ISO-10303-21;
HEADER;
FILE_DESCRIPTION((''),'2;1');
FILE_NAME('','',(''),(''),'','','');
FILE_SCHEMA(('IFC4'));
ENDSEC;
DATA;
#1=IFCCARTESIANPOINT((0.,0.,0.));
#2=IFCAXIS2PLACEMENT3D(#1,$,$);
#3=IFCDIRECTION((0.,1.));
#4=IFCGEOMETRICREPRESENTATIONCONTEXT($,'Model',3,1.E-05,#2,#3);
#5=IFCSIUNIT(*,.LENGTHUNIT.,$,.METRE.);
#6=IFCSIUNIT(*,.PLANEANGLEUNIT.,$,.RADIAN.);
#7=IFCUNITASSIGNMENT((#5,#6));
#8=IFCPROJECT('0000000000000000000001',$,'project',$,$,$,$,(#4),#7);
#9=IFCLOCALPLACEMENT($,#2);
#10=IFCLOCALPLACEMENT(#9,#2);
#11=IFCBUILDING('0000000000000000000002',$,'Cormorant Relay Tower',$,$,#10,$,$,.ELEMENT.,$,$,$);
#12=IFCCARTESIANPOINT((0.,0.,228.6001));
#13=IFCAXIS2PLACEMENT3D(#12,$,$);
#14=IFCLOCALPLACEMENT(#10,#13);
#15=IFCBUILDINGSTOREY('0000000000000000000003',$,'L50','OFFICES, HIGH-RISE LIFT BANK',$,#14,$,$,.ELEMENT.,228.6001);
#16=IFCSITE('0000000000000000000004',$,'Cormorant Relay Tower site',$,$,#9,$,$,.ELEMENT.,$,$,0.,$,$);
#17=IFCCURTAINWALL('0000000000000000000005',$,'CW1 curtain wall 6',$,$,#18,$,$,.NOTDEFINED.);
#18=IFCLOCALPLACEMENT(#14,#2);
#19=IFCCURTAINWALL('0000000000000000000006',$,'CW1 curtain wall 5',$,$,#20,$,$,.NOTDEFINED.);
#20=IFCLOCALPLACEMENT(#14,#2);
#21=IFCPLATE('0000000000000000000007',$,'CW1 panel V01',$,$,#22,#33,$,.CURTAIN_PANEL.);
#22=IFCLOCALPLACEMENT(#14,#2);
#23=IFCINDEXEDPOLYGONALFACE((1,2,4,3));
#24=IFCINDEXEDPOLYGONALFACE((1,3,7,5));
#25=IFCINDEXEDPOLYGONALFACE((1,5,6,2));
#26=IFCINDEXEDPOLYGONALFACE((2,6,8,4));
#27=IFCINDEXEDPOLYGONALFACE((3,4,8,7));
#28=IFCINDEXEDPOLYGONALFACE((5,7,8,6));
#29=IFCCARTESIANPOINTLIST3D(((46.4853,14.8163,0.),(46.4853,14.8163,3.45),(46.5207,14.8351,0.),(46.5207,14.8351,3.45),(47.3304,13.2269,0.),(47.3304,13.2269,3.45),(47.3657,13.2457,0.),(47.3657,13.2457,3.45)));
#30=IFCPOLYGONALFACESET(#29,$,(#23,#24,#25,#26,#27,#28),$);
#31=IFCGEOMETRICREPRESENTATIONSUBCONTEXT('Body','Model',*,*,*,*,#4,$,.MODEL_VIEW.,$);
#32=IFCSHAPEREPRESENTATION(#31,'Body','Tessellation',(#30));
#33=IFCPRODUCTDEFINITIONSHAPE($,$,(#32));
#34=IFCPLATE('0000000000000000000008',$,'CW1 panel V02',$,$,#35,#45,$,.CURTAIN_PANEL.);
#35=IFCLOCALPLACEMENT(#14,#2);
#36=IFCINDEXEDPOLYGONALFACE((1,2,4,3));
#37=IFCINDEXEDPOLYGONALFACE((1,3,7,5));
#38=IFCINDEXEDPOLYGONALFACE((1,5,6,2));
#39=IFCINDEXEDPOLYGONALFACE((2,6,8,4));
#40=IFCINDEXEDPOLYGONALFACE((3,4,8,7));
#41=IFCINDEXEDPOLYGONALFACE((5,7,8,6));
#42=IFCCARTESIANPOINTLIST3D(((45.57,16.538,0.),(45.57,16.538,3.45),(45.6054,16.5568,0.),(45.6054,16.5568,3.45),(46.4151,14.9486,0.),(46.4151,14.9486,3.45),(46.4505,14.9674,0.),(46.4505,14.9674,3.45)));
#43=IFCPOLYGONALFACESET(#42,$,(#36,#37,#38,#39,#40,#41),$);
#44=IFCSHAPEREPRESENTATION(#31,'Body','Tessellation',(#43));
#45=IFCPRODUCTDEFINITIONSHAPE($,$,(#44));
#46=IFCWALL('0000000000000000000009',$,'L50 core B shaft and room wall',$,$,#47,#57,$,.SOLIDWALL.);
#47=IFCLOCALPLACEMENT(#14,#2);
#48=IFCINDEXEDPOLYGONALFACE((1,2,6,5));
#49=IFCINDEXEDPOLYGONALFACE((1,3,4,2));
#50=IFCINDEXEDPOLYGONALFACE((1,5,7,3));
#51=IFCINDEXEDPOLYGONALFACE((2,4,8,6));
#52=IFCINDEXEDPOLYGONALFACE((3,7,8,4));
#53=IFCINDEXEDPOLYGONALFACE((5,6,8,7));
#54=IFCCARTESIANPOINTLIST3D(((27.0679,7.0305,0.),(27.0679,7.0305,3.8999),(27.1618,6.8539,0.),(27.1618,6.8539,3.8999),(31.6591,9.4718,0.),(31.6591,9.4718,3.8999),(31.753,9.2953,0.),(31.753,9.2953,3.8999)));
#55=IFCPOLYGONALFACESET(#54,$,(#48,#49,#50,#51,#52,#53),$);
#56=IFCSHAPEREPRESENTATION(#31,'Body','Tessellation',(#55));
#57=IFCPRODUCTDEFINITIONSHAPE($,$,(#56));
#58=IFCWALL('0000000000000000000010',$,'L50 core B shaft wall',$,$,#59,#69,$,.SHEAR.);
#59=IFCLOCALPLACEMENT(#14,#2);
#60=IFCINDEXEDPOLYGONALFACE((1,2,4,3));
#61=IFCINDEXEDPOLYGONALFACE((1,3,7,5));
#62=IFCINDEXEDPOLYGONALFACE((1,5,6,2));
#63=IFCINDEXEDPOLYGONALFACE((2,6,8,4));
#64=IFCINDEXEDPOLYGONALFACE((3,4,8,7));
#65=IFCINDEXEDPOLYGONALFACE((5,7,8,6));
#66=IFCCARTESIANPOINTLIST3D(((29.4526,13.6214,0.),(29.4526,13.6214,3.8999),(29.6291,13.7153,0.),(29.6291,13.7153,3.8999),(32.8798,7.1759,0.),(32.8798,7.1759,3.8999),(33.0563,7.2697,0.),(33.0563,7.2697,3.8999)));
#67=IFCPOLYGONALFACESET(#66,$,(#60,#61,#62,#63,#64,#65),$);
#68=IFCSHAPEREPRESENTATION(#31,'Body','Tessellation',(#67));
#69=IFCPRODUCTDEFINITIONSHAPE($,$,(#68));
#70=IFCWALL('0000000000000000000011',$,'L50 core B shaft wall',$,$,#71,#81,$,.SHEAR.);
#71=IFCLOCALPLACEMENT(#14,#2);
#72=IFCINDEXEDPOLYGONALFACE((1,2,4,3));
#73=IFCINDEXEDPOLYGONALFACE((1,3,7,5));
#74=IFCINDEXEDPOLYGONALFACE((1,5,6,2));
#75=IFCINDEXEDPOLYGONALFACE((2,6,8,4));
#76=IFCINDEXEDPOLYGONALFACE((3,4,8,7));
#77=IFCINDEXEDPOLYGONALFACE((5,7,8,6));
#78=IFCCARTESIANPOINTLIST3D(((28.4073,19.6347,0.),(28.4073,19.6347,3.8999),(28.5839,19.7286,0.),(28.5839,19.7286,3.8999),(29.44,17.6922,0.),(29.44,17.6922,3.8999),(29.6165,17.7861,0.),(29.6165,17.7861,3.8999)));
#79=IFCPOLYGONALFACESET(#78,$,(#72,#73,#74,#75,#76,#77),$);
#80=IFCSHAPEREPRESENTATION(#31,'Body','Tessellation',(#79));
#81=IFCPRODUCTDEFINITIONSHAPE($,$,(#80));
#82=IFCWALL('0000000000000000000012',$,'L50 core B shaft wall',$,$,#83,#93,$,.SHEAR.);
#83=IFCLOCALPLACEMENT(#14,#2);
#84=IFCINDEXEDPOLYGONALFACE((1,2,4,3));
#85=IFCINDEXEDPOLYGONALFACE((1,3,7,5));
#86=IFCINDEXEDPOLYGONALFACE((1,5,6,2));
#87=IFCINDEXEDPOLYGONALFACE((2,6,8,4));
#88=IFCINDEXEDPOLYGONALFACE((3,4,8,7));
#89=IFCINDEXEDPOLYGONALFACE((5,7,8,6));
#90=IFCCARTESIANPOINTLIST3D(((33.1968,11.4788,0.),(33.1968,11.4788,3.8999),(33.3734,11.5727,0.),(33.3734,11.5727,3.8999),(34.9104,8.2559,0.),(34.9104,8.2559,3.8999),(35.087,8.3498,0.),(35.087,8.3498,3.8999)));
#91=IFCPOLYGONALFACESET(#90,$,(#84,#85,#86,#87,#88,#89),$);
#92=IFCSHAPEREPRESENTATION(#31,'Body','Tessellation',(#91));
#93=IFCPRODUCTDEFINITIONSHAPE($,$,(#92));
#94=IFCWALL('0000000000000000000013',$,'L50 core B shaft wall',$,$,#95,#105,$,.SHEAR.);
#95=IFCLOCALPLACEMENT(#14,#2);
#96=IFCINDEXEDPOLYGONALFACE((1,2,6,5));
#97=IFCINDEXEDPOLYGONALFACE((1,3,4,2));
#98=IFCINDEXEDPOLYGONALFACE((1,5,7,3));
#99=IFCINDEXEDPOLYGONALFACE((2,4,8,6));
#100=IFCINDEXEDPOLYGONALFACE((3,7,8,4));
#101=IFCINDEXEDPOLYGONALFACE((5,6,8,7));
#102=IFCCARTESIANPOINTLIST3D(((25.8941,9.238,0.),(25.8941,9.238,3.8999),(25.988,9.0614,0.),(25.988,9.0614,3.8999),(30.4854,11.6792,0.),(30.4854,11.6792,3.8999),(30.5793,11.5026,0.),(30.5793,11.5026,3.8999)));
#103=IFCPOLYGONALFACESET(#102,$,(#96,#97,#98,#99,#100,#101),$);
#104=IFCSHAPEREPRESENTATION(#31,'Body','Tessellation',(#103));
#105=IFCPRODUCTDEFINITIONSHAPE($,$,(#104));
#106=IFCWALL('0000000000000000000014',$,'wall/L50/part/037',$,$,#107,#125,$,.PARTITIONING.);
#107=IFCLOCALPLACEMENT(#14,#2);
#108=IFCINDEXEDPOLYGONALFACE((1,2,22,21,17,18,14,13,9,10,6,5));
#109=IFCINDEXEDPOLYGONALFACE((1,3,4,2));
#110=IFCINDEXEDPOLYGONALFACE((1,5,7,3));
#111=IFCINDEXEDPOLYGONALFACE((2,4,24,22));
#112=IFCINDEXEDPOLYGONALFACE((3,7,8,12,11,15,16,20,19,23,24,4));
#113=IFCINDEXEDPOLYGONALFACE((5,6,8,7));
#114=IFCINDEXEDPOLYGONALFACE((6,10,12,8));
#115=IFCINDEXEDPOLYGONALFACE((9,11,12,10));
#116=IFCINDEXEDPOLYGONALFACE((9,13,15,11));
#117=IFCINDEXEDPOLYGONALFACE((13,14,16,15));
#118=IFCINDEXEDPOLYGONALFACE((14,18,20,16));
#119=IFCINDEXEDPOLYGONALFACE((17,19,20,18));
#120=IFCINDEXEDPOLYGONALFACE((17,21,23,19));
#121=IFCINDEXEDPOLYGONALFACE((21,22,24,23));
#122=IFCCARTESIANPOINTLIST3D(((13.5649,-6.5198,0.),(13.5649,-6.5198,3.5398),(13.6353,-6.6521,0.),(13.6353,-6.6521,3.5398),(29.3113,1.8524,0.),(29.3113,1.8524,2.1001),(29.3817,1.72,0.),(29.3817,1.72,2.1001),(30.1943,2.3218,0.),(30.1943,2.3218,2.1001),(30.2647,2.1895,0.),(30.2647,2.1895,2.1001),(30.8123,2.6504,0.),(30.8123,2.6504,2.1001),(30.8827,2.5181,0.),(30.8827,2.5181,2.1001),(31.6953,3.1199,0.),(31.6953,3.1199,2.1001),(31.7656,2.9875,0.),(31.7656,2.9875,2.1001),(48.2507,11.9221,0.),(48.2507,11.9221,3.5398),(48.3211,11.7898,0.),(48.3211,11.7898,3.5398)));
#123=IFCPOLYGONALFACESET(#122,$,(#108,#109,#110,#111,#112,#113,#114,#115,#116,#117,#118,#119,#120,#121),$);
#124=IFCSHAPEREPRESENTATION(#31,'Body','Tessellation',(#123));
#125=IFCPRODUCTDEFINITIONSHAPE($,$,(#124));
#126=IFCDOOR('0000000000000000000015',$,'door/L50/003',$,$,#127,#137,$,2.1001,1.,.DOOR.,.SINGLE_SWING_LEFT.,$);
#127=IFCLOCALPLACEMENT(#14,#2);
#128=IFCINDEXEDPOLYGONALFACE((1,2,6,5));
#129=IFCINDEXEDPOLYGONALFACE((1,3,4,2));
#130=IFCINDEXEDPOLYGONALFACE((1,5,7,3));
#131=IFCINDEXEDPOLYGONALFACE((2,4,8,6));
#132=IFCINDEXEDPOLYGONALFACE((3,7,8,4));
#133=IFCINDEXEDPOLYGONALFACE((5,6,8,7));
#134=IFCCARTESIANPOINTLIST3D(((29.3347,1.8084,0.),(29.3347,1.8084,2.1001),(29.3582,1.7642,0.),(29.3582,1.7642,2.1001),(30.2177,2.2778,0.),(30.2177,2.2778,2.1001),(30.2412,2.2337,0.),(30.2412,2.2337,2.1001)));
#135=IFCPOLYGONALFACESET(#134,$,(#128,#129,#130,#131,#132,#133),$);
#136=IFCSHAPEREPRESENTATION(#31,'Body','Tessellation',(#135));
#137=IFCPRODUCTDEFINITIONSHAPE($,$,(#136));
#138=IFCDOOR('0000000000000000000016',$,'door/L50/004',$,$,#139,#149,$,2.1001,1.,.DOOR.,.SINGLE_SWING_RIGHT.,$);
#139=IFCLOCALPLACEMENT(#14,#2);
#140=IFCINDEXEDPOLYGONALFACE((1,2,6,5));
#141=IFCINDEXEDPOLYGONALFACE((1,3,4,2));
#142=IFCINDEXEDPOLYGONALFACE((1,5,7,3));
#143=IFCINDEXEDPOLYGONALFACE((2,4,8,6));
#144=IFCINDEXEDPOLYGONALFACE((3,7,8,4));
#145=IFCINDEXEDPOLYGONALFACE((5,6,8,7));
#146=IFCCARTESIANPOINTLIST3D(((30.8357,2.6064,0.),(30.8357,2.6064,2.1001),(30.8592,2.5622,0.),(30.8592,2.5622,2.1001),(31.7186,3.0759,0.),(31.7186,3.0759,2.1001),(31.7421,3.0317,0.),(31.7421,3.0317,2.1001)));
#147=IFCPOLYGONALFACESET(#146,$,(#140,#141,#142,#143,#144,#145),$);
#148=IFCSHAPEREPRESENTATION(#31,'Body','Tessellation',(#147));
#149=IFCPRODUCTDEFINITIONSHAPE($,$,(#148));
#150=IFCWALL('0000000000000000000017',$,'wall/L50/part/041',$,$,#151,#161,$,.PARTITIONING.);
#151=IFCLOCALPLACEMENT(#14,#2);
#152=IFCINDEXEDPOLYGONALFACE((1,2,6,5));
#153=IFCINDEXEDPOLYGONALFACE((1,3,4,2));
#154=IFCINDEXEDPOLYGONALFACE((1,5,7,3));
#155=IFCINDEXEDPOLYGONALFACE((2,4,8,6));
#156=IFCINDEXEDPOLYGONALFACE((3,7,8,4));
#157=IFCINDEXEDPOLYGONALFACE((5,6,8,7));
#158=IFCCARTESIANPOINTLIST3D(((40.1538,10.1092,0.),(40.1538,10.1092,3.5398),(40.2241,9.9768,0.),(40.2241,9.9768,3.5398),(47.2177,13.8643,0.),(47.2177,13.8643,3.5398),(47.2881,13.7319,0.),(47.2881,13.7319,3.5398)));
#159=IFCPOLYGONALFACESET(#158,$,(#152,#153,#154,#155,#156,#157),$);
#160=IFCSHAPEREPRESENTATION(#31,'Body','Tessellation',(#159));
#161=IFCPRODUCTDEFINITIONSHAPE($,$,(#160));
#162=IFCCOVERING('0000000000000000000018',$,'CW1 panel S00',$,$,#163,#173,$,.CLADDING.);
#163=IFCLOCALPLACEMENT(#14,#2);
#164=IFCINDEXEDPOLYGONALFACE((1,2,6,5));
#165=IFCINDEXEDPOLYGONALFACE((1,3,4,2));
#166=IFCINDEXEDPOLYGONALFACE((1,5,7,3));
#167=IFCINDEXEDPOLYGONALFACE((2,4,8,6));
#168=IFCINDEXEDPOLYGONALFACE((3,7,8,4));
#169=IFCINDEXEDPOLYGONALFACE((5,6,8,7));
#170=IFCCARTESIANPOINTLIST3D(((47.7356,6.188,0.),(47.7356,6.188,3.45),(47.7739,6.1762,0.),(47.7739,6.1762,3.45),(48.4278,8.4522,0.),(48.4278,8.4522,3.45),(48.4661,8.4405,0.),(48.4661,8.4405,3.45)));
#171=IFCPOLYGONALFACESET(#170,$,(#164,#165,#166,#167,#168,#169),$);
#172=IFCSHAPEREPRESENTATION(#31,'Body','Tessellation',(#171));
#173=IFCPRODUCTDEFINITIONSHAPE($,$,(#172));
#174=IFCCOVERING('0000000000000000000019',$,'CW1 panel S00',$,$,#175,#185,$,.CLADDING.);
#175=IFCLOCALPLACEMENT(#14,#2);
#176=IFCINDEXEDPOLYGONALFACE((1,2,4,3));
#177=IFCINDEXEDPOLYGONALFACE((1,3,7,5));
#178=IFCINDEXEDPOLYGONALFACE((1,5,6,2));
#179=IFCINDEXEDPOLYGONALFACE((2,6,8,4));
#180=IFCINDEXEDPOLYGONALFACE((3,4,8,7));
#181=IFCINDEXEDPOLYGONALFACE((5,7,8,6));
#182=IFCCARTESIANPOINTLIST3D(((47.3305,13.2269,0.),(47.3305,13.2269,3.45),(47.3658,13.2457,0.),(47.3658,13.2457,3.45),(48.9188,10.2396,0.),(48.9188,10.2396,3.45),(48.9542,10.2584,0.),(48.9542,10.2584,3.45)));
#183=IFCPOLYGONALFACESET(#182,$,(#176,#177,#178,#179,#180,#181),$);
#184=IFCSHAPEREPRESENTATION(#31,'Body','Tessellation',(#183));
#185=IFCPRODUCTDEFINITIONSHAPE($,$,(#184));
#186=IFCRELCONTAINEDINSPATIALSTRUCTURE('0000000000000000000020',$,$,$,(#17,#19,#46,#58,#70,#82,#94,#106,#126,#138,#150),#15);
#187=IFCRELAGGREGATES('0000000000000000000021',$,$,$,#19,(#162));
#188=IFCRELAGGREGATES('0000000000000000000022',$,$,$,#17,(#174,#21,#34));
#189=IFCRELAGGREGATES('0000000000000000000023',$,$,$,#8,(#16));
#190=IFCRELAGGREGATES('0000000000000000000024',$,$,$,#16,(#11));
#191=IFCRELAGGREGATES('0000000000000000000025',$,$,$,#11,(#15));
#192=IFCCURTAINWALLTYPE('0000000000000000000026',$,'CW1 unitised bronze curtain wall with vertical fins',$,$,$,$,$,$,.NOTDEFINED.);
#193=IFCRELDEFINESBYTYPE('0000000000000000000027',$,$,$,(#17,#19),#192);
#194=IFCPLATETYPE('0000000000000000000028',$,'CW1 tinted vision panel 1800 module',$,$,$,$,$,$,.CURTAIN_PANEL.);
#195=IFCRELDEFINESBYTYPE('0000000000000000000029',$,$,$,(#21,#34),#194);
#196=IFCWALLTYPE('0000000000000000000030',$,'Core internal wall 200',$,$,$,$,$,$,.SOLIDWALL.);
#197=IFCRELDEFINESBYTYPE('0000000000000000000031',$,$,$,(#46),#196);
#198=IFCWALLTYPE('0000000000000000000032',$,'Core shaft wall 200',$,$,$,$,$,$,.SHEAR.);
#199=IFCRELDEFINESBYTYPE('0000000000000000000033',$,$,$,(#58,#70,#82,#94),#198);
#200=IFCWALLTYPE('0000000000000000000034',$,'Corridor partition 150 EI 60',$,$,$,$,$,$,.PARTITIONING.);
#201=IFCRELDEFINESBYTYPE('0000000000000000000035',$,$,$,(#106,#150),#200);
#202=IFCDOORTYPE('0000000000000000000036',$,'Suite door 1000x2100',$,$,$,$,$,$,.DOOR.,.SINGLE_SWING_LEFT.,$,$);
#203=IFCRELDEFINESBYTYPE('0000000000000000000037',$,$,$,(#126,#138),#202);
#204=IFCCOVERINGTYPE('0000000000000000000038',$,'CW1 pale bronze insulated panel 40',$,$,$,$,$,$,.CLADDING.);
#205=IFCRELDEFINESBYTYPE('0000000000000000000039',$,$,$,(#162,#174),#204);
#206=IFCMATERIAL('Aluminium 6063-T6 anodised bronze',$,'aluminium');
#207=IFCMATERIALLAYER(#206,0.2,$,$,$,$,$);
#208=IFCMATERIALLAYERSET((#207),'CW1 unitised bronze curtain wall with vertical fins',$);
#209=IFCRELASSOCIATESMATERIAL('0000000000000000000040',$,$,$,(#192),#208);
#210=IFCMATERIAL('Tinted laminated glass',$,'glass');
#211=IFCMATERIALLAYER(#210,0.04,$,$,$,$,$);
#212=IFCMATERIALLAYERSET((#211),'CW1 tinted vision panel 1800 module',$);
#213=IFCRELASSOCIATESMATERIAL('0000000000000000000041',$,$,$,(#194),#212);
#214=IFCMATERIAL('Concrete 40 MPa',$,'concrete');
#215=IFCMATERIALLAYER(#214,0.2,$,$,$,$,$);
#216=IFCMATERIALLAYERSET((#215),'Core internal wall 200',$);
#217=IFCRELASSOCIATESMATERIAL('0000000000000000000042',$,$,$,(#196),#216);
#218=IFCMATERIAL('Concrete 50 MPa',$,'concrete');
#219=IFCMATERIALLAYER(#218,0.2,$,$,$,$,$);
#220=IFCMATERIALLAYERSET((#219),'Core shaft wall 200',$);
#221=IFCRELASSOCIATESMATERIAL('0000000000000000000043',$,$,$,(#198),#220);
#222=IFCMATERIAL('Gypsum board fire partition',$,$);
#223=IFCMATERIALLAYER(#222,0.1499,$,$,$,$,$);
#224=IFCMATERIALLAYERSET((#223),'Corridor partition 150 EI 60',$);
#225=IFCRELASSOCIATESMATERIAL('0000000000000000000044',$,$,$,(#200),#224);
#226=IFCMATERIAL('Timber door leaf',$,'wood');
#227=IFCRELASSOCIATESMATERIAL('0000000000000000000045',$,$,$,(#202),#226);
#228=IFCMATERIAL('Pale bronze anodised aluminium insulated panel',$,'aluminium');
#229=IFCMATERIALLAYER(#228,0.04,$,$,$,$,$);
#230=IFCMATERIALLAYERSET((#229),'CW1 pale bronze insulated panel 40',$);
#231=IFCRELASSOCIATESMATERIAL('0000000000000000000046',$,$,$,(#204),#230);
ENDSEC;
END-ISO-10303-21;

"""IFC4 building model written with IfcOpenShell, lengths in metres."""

from ifc_helpers import new_model, si_unit, direction, frame, frame_2d, origin, origin_2d, place, context, subcontext, project, spatial, rectangle, extrude, material, layer, layer_set, type_object, element, fill, aggregate, save


model = new_model("IFC4")

# Units and contexts
model_context = context("Model", 3, precision=1e-05, world=origin(), true_north=direction((0.0, 1.0)))
body_context = subcontext(model_context, "Body", "Model", "MODEL_VIEW")
ifc_project = project(units=[si_unit("LENGTHUNIT", "METRE"), si_unit("PLANEANGLEUNIT", "RADIAN")], contexts=[model_context])

# Site, building, storey
site_placement = place(None, origin())
site = spatial("IfcSite", under=ifc_project, at=site_placement, Name="Cormorant Relay Tower site", CompositionType="ELEMENT", RefElevation=0.0)
building_placement = place(site_placement, origin())
building = spatial("IfcBuilding", under=site, at=building_placement, Name="Cormorant Relay Tower", CompositionType="ELEMENT")
storey_placement = place(building_placement, frame((0.0, 0.0, 228.6001)))
storey = spatial("IfcBuildingStorey", under=building, at=storey_placement, Name="L50", Description="OFFICES, HIGH-RISE LIFT BANK", CompositionType="ELEMENT", Elevation=228.6001)

# Curtain wall
ifc_material_1 = material(Name="Aluminium 6063-T6 anodised bronze", Category="aluminium")
ifc_layer_1 = layer(ifc_material_1, 0.2)
ifc_layer_set_1 = layer_set([ifc_layer_1], Name="CW1 unitised bronze curtain wall with vertical fins")
curtain_wall_type = type_object("IfcCurtainWallType", Name="CW1 unitised bronze curtain wall with vertical fins", PredefinedType="NOTDEFINED", material=ifc_layer_set_1)
curtain_wall_1_placement = place(storey_placement, origin())
curtain_wall_1 = element("IfcCurtainWall", 1, at=curtain_wall_1_placement, inside=storey, type_object=curtain_wall_type, Name="CW1 curtain wall 6", PredefinedType="NOTDEFINED")

# Curtain wall
curtain_wall_2_placement = place(storey_placement, origin())
curtain_wall_2 = element("IfcCurtainWall", 2, at=curtain_wall_2_placement, inside=storey, type_object=curtain_wall_type, Name="CW1 curtain wall 5", PredefinedType="NOTDEFINED")
ifc_material_2 = material(Name="Tinted laminated glass", Category="glass")
ifc_layer_2 = layer(ifc_material_2, 0.04)
ifc_layer_set_2 = layer_set([ifc_layer_2], Name="CW1 tinted vision panel 1800 module")
plate_type = type_object("IfcPlateType", Name="CW1 tinted vision panel 1800 module", PredefinedType="CURTAIN_PANEL", material=ifc_layer_set_2)

# Plates
plate_1_placement = place(storey_placement, frame((46.9255, 14.031, 0.0), z_axis=(0.0, 0.0, 1.0), x_axis=(-0.469472, 0.882948, 0.0)))
plate_1 = element("IfcPlate", 3, at=plate_1_placement, type_object=plate_type, Name="CW1 panel V01", PredefinedType="CURTAIN_PANEL", context=body_context, shape_type="SweptSolid", body=[
    extrude(rectangle(XDim=1.8, YDim=0.04, at=origin_2d()), origin(), (0.0, 0.0, 1.0), 3.45),
])
plate_2_placement = place(storey_placement, frame((46.0103, 15.7527, 0.0), z_axis=(0.0, 0.0, 1.0), x_axis=(-0.469472, 0.882948, 0.0)))
plate_2 = element("IfcPlate", 4, at=plate_2_placement, type_object=plate_type, Name="CW1 panel V02", PredefinedType="CURTAIN_PANEL", context=body_context, shape_type="SweptSolid", body=[
    extrude(rectangle(XDim=1.8, YDim=0.04, at=origin_2d()), origin(), (0.0, 0.0, 1.0), 3.45),
])

# Walls
ifc_material_3 = material(Name="Concrete 40 MPa", Category="concrete")
ifc_layer_3 = layer(ifc_material_3, 0.2)
ifc_layer_set_3 = layer_set([ifc_layer_3], Name="Core internal wall 200")
wall_type_1 = type_object("IfcWallType", Name="Core internal wall 200", PredefinedType="SOLIDWALL", material=ifc_layer_set_3)
wall_1_placement = place(storey_placement, frame((27.1147, 6.9421, 0.0), z_axis=(0.0, 0.0, 1.0), x_axis=(0.882935, 0.469496, 0.0)))
element("IfcWall", 5, at=wall_1_placement, inside=storey, type_object=wall_type_1, Name="L50 core B shaft and room wall", PredefinedType="SOLIDWALL", context=body_context, shape_type="SweptSolid", body=[
    extrude(rectangle(XDim=5.2, YDim=0.2, at=frame_2d((2.6001, 0.0))), origin(), (0.0, 0.0, 1.0), 3.8999),
])
ifc_material_4 = material(Name="Concrete 50 MPa", Category="concrete")
ifc_layer_4 = layer(ifc_material_4, 0.2)
ifc_layer_set_4 = layer_set([ifc_layer_4], Name="Core shaft wall 200")
wall_type_2 = type_object("IfcWallType", Name="Core shaft wall 200", PredefinedType="SHEAR", material=ifc_layer_set_4)
wall_2_placement = place(storey_placement, frame((32.968, 7.2229, 0.0), z_axis=(0.0, 0.0, 1.0), x_axis=(-0.46948, 0.882943, 0.0)))
element("IfcWall", 6, at=wall_2_placement, inside=storey, type_object=wall_type_2, Name="L50 core B shaft wall", PredefinedType="SHEAR", context=body_context, shape_type="SweptSolid", body=[
    extrude(rectangle(XDim=7.3, YDim=0.2, at=frame_2d((3.6499, 0.0))), origin(), (0.0, 0.0, 1.0), 3.8999),
])
wall_3_placement = place(storey_placement, frame((29.5283, 17.739, 0.0), z_axis=(0.0, 0.0, 1.0), x_axis=(-0.469401, 0.882985, 0.0)))
element("IfcWall", 7, at=wall_3_placement, inside=storey, type_object=wall_type_2, Name="L50 core B shaft wall", PredefinedType="SHEAR", context=body_context, shape_type="SweptSolid", body=[
    extrude(rectangle(XDim=2.2, YDim=0.2, at=frame_2d((1.1001, 0.0))), origin(), (0.0, 0.0, 1.0), 3.8999),
])
wall_4_placement = place(storey_placement, frame((34.9988, 8.3027, 0.0), z_axis=(0.0, 0.0, 1.0), x_axis=(-0.469467, 0.88295, 0.0)))
element("IfcWall", 8, at=wall_4_placement, inside=storey, type_object=wall_type_2, Name="L50 core B shaft wall", PredefinedType="SHEAR", context=body_context, shape_type="SweptSolid", body=[
    extrude(rectangle(XDim=3.6501, YDim=0.2, at=frame_2d((1.8252, 0.0))), origin(), (0.0, 0.0, 1.0), 3.8999),
])

# Wall
wall_5_placement = place(storey_placement, frame((25.9409, 9.1497, 0.0), z_axis=(0.0, 0.0, 1.0), x_axis=(0.882954, 0.46946, 0.0)))
element("IfcWall", 9, at=wall_5_placement, inside=storey, type_object=wall_type_2, Name="L50 core B shaft wall", PredefinedType="SHEAR", context=body_context, shape_type="SweptSolid", body=[
    extrude(rectangle(XDim=5.2, YDim=0.2, at=frame_2d((2.6001, 0.0))), origin(), (0.0, 0.0, 1.0), 3.8999),
])

# Wall, openings, doors
ifc_material_5 = material(Name="Gypsum board fire partition")
ifc_layer_5 = layer(ifc_material_5, 0.1499)
ifc_layer_set_5 = layer_set([ifc_layer_5], Name="Corridor partition 150 EI 60")
wall_type_3 = type_object("IfcWallType", Name="Corridor partition 150 EI 60", PredefinedType="PARTITIONING", material=ifc_layer_set_5)
wall_6_placement = place(storey_placement, frame((48.2859, 11.856, 0.0), z_axis=(0.0, 0.0, 1.0), x_axis=(-0.882957, -0.469454, 0.0)))
wall_6 = element("IfcWall", 10, at=wall_6_placement, inside=storey, type_object=wall_type_3, Name="wall/L50/part/037", PredefinedType="PARTITIONING", context=body_context, shape_type="SweptSolid", body=[
    extrude(rectangle(XDim=39.2837, YDim=0.1499, at=frame_2d((19.6418, 0.0))), origin(), (0.0, 0.0, 1.0), 3.5398),
])
opening_1_placement = place(wall_6_placement, frame((20.45, 0.0, 0.0)))
opening_1 = element("IfcOpeningElement", 11, at=opening_1_placement, cuts=wall_6, PredefinedType="OPENING", context=body_context, shape_type="SweptSolid", body=[
    extrude(rectangle(XDim=1.0, YDim=2.1001, at=frame_2d((0.5, 1.05))), frame((0.0, 0.085, 0.0), z_axis=(0.0, -1.0, 0.0), x_axis=(1.0, 0.0, 0.0)), (0.0, 0.0, 1.0), 0.1699),
])
opening_2_placement = place(wall_6_placement, frame((18.75, 0.0, 0.0)))
opening_2 = element("IfcOpeningElement", 12, at=opening_2_placement, cuts=wall_6, PredefinedType="OPENING", context=body_context, shape_type="SweptSolid", body=[
    extrude(rectangle(XDim=1.0, YDim=2.1001, at=frame_2d((0.5, 1.05))), frame((0.0, 0.085, 0.0), z_axis=(0.0, -1.0, 0.0), x_axis=(1.0, 0.0, 0.0)), (0.0, 0.0, 1.0), 0.1699),
])
ifc_material_6 = material(Name="Timber door leaf", Category="wood")
door_type_1 = type_object("IfcDoorType", Name="Suite door 1000x2100", OperationType="SINGLE_SWING_LEFT", PredefinedType="DOOR", material=ifc_material_6)
door_1_placement = place(opening_1_placement, origin())
door_1 = element("IfcDoor", 13, at=door_1_placement, inside=storey, type_object=door_type_1, Name="door/L50/003", OperationType="SINGLE_SWING_LEFT", OverallHeight=2.1001, OverallWidth=1.0, PredefinedType="DOOR", context=body_context, shape_type="SweptSolid", body=[
    extrude(rectangle(XDim=1.0, YDim=2.1001, at=frame_2d((0.5, 1.05))), frame((0.0, 0.0249, 0.0), z_axis=(0.0, -1.0, 0.0), x_axis=(1.0, 0.0, 0.0)), (0.0, 0.0, 1.0), 0.05),
])
fill(opening_1, door_1)
door_2_placement = place(opening_2_placement, origin())
door_2 = element("IfcDoor", 14, at=door_2_placement, inside=storey, type_object=door_type_1, Name="door/L50/004", OperationType="SINGLE_SWING_RIGHT", OverallHeight=2.1001, OverallWidth=1.0, PredefinedType="DOOR", context=body_context, shape_type="SweptSolid", body=[
    extrude(rectangle(XDim=1.0, YDim=2.1001, at=frame_2d((0.5, 1.05))), frame((0.0, 0.0249, 0.0), z_axis=(0.0, -1.0, 0.0), x_axis=(1.0, 0.0, 0.0)), (0.0, 0.0, 1.0), 0.05),
])
fill(opening_2, door_2)

# Wall
wall_7_placement = place(storey_placement, frame((40.189, 10.043, 0.0), z_axis=(0.0, 0.0, 1.0), x_axis=(0.882992, 0.469389, 0.0)))
element("IfcWall", 15, at=wall_7_placement, inside=storey, type_object=wall_type_3, Name="wall/L50/part/041", PredefinedType="PARTITIONING", context=body_context, shape_type="SweptSolid", body=[
    extrude(rectangle(XDim=8.0, YDim=0.1499, at=frame_2d((4.0, 0.0))), origin(), (0.0, 0.0, 1.0), 3.5398),
])

# Coverings
ifc_material_7 = material(Name="Pale bronze anodised aluminium insulated panel", Category="aluminium")
ifc_layer_6 = layer(ifc_material_7, 0.04)
ifc_layer_set_6 = layer_set([ifc_layer_6], Name="CW1 pale bronze insulated panel 40")
covering_type = type_object("IfcCoveringType", Name="CW1 pale bronze insulated panel 40", PredefinedType="CLADDING", material=ifc_layer_set_6)
covering_1_placement = place(storey_placement, frame((48.1008, 7.3142, 0.0), z_axis=(0.0, 0.0, 1.0), x_axis=(0.292372, 0.956305, 0.0)))
covering_1 = element("IfcCovering", 16, at=covering_1_placement, type_object=covering_type, Name="CW1 panel S00", PredefinedType="CLADDING", context=body_context, shape_type="SweptSolid", body=[
    extrude(rectangle(XDim=2.3677, YDim=0.04, at=origin_2d()), origin(), (0.0, 0.0, 1.0), 3.45),
])
aggregate(curtain_wall_2, [covering_1])
covering_2_placement = place(storey_placement, frame((48.1423, 11.7427, 0.0), z_axis=(0.0, 0.0, 1.0), x_axis=(-0.469472, 0.882948, 0.0)))
covering_2 = element("IfcCovering", 17, at=covering_2_placement, type_object=covering_type, Name="CW1 panel S00", PredefinedType="CLADDING", context=body_context, shape_type="SweptSolid", body=[
    extrude(rectangle(XDim=3.3833, YDim=0.04, at=origin_2d()), origin(), (0.0, 0.0, 1.0), 3.45),
])
aggregate(curtain_wall_1, [covering_2, plate_1, plate_2])

save(model, "model.ifc")
